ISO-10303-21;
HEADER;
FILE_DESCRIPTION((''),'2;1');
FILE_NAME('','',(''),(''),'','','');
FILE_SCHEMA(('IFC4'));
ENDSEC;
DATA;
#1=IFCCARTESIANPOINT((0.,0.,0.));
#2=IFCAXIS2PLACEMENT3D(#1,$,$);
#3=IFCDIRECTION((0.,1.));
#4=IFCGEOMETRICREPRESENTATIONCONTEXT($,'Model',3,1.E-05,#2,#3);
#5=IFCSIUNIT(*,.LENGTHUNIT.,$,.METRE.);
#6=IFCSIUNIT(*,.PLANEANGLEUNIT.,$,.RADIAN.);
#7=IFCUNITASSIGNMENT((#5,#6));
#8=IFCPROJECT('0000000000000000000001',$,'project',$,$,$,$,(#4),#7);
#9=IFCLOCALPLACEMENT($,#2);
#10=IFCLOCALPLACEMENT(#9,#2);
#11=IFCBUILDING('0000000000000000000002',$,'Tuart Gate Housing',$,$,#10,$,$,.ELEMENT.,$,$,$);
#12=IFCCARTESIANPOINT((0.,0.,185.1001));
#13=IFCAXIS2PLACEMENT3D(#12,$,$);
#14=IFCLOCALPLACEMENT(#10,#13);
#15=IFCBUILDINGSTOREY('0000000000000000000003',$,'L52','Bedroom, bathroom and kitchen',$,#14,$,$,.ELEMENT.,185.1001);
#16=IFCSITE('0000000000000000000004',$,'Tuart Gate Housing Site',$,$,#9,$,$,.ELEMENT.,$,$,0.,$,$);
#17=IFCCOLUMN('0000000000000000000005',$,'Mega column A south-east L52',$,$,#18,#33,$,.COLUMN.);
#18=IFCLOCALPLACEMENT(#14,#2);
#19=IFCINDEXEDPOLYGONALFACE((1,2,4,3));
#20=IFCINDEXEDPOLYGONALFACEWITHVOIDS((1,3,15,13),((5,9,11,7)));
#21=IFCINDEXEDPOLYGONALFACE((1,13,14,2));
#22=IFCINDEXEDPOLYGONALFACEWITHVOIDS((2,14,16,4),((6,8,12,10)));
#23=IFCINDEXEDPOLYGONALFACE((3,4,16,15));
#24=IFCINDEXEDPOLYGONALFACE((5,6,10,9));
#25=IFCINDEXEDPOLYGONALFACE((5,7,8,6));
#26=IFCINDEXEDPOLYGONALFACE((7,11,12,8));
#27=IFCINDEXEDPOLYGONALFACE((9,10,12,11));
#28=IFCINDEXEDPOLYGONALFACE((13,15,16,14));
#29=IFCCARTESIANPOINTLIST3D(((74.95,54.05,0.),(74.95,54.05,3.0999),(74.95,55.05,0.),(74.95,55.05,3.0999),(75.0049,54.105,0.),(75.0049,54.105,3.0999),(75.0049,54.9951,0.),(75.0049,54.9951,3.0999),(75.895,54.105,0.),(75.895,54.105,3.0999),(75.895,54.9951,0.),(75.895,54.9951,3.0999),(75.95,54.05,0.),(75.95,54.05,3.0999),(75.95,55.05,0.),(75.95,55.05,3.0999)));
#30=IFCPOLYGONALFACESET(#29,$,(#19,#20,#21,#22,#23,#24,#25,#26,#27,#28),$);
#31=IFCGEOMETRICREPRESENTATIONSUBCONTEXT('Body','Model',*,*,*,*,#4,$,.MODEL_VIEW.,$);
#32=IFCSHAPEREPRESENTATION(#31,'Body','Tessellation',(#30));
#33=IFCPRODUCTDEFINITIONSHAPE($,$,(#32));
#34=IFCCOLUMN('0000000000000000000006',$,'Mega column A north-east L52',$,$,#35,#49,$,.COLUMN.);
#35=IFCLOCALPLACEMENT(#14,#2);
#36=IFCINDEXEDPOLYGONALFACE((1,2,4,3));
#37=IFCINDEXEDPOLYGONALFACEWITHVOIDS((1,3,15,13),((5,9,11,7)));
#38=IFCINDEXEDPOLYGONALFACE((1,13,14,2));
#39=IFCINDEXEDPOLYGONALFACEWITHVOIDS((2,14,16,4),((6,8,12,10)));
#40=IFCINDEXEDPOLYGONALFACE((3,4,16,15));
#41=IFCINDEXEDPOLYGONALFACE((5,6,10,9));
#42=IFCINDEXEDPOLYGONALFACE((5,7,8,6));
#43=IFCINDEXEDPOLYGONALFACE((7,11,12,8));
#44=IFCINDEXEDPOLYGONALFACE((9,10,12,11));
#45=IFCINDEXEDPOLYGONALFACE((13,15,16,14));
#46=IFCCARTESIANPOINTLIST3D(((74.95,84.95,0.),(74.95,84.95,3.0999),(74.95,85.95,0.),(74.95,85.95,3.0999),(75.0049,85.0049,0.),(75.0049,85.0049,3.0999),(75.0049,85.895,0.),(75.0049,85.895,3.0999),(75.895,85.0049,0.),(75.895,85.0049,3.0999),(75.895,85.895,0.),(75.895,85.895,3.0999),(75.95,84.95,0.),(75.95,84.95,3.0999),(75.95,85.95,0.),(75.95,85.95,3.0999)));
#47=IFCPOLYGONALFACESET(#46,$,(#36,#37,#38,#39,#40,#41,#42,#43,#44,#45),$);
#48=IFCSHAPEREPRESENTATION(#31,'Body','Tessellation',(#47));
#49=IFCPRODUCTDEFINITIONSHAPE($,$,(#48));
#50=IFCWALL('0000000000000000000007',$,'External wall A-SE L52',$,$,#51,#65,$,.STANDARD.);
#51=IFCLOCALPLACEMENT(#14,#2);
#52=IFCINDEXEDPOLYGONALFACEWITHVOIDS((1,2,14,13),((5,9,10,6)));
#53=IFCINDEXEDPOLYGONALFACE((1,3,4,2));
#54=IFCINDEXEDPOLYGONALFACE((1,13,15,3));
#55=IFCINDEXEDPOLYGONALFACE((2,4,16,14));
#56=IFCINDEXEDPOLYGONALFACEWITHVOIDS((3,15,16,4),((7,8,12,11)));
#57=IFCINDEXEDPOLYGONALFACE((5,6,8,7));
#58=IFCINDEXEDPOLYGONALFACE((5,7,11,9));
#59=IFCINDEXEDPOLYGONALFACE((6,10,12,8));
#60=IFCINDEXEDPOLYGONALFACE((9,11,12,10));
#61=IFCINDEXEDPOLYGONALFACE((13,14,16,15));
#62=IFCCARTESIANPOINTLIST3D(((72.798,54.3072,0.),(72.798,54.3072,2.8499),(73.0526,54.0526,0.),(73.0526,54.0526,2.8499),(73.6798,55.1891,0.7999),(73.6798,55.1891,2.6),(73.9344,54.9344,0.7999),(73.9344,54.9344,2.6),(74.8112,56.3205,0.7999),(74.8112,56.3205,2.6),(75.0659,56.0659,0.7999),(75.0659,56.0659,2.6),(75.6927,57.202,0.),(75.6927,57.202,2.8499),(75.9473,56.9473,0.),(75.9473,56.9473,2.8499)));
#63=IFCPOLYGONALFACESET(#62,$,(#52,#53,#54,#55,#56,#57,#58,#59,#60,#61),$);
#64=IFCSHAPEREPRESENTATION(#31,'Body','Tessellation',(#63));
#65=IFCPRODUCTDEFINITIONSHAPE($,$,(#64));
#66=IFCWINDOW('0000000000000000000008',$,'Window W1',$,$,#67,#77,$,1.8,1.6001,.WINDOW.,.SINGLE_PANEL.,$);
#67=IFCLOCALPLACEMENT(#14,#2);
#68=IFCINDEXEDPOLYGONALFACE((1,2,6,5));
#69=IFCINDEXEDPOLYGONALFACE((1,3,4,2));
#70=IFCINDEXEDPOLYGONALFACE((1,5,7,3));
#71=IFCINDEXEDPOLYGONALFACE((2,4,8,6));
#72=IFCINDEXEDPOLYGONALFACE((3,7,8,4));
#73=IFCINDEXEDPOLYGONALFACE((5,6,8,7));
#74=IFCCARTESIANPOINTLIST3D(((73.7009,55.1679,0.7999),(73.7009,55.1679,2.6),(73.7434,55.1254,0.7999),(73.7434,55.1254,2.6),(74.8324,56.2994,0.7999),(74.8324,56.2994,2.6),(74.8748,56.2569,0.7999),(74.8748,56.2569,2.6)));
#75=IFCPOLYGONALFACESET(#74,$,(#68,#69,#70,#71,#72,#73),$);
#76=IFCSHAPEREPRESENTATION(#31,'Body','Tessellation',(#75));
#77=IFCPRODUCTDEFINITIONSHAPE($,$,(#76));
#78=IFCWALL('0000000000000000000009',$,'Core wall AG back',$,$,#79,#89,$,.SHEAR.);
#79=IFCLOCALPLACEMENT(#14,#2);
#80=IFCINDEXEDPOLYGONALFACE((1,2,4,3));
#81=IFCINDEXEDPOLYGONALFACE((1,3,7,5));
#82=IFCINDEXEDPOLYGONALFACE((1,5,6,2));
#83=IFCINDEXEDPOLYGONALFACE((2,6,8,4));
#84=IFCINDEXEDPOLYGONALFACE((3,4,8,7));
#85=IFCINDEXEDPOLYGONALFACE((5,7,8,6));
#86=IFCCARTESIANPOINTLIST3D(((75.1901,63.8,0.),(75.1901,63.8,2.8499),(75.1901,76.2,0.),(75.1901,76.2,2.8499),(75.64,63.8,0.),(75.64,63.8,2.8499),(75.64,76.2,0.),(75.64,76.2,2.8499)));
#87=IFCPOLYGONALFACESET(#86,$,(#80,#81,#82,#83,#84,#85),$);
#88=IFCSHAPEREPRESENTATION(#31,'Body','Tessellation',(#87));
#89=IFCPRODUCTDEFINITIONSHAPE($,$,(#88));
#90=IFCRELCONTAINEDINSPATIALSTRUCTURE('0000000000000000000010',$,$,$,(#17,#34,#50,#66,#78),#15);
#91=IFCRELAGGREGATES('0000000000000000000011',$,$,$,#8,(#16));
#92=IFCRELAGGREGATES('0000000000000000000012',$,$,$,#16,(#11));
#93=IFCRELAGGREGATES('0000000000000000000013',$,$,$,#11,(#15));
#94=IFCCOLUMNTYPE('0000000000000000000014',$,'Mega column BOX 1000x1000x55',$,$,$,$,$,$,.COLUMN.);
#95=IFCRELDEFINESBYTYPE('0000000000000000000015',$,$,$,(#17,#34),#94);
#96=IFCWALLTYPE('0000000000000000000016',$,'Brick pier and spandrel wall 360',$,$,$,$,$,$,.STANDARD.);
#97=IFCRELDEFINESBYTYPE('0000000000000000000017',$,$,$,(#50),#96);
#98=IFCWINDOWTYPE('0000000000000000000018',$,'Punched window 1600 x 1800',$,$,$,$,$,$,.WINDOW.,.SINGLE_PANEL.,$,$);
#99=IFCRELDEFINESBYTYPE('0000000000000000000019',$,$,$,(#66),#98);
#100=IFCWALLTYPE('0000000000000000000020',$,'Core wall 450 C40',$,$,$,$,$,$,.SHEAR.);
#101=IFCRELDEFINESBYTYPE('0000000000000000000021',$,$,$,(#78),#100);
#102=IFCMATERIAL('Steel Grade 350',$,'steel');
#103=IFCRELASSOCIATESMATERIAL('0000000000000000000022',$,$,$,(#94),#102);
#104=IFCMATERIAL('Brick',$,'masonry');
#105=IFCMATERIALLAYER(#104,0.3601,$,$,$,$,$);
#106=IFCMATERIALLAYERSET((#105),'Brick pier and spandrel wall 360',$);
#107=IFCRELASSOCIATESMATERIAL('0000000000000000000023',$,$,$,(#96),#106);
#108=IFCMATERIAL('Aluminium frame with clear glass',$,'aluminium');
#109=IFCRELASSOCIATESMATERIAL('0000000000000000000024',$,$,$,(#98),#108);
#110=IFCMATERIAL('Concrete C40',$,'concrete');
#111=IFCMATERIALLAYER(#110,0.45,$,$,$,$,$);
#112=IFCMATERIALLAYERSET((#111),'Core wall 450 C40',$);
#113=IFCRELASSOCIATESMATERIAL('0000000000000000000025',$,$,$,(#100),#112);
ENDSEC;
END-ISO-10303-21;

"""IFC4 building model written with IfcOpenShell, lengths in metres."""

from ifc_helpers import new_model, si_unit, direction, frame, frame_2d, origin, origin_2d, place, context, subcontext, project, spatial, rectangle, hollow_rectangle, extrude, material, layer, layer_set, material_profile, profile_set, type_object, element, fill, save


model = new_model("IFC4")

# Units and contexts
model_context = context("Model", 3, precision=1e-05, world=origin(), true_north=direction((0.0, 1.0)))
body_context = subcontext(model_context, "Body", "Model", "MODEL_VIEW")
ifc_project = project(units=[si_unit("LENGTHUNIT", "METRE"), si_unit("PLANEANGLEUNIT", "RADIAN")], contexts=[model_context])

# Site, building, storey
site_placement = place(None, origin())
site = spatial("IfcSite", under=ifc_project, at=site_placement, Name="Tuart Gate Housing Site", CompositionType="ELEMENT", RefElevation=0.0)
building_placement = place(site_placement, origin())
building = spatial("IfcBuilding", under=site, at=building_placement, Name="Tuart Gate Housing", CompositionType="ELEMENT")
storey_placement = place(building_placement, frame((0.0, 0.0, 185.1001)))
storey = spatial("IfcBuildingStorey", under=building, at=storey_placement, Name="L52", Description="Bedroom, bathroom and kitchen", CompositionType="ELEMENT", Elevation=185.1001)

# Columns
ifc_material_1 = material(Name="Steel Grade 350", Category="steel")
ifc_material_profile = material_profile(ifc_material_1, hollow_rectangle(XDim=1.0, YDim=1.0, WallThickness=0.0549, at=origin_2d()), Name="BOX 1000x1000x55")
ifc_profile_set = profile_set([ifc_material_profile], Name="Steel Grade 350")
column_type = type_object("IfcColumnType", Name="Mega column BOX 1000x1000x55", PredefinedType="COLUMN", material=ifc_profile_set)
for number, where, z_axis, x_axis, name in (
    (1, (75.45, 54.55, 0.0), (0.0, 0.0, 1.0), (1.0, 0.0, 0.0), "Mega column A south-east L52"),
    (2, (75.45, 85.45, 0.0), (0.0, 0.0, 1.0), (1.0, 0.0, 0.0), "Mega column A north-east L52"),
):
    element("IfcColumn", number, at=place(storey_placement, frame(where, z_axis=z_axis, x_axis=x_axis)), inside=storey, type_object=column_type, Name=name, PredefinedType="COLUMN", context=body_context, shape_type="SweptSolid", body=[
        extrude(hollow_rectangle(XDim=1.0, YDim=1.0, WallThickness=0.0549, at=origin_2d()), origin(), (0.0, 0.0, 1.0), 3.0999),
    ])

# Wall, opening, window
ifc_material_2 = material(Name="Brick", Category="masonry")
ifc_layer_1 = layer(ifc_material_2, 0.3601)
ifc_layer_set_1 = layer_set([ifc_layer_1], Name="Brick pier and spandrel wall 360")
wall_type_1 = type_object("IfcWallType", Name="Brick pier and spandrel wall 360", PredefinedType="STANDARD", material=ifc_layer_set_1)
wall_1_placement = place(storey_placement, frame((72.9253, 54.1799, 0.0), z_axis=(0.0, 0.0, 1.0), x_axis=(0.707107, 0.707107, 0.0)))
wall_1 = element("IfcWall", 3, at=wall_1_placement, inside=storey, type_object=wall_type_1, Name="External wall A-SE L52", PredefinedType="STANDARD", context=body_context, shape_type="SweptSolid", body=[
    extrude(rectangle(XDim=4.0938, YDim=0.3601, at=frame_2d((2.0469, 0.0))), origin(), (0.0, 0.0, 1.0), 2.8499),
])
opening_1_placement = place(wall_1_placement, frame((1.2471, 0.0, 0.8)))
opening_1 = element("IfcOpeningElement", 4, at=opening_1_placement, cuts=wall_1, PredefinedType="OPENING", context=body_context, shape_type="SweptSolid", body=[
    extrude(rectangle(XDim=1.6001, YDim=1.8, at=frame_2d((0.8, 0.8999))), frame((0.0, 0.1899, 0.0), z_axis=(0.0, -1.0, 0.0), x_axis=(1.0, 0.0, 0.0)), (0.0, 0.0, 1.0), 0.3801),
])
ifc_material_3 = material(Name="Aluminium frame with clear glass", Category="aluminium")
window_type_1 = type_object("IfcWindowType", Name="Punched window 1600 x 1800", PartitioningType="SINGLE_PANEL", PredefinedType="WINDOW", material=ifc_material_3)
window_1_placement = place(opening_1_placement, origin())
window_1 = element("IfcWindow", 5, at=window_1_placement, inside=storey, type_object=window_type_1, Name="Window W1", OverallHeight=1.8, OverallWidth=1.6001, PartitioningType="SINGLE_PANEL", PredefinedType="WINDOW", context=body_context, shape_type="SweptSolid", body=[
    extrude(rectangle(XDim=1.6001, YDim=1.8, at=frame_2d((0.8, 0.8999))), frame((0.0, 0.1501, 0.0), z_axis=(0.0, -1.0, 0.0), x_axis=(1.0, 0.0, 0.0)), (0.0, 0.0, 1.0), 0.0601),
])
fill(opening_1, window_1)

# Wall
ifc_material_4 = material(Name="Concrete C40", Category="concrete")
ifc_layer_2 = layer(ifc_material_4, 0.45)
ifc_layer_set_2 = layer_set([ifc_layer_2], Name="Core wall 450 C40")
wall_type_2 = type_object("IfcWallType", Name="Core wall 450 C40", PredefinedType="SHEAR", material=ifc_layer_set_2)
wall_2_placement = place(storey_placement, frame((75.415, 63.8, 0.0), z_axis=(0.0, 0.0, 1.0), x_axis=(0.0, 1.0, 0.0)))
element("IfcWall", 6, at=wall_2_placement, inside=storey, type_object=wall_type_2, Name="Core wall AG back", PredefinedType="SHEAR", context=body_context, shape_type="SweptSolid", body=[
    extrude(rectangle(XDim=12.3999, YDim=0.45, at=frame_2d((6.2, 0.0))), origin(), (0.0, 0.0, 1.0), 2.8499),
])

save(model, "model.ifc")
